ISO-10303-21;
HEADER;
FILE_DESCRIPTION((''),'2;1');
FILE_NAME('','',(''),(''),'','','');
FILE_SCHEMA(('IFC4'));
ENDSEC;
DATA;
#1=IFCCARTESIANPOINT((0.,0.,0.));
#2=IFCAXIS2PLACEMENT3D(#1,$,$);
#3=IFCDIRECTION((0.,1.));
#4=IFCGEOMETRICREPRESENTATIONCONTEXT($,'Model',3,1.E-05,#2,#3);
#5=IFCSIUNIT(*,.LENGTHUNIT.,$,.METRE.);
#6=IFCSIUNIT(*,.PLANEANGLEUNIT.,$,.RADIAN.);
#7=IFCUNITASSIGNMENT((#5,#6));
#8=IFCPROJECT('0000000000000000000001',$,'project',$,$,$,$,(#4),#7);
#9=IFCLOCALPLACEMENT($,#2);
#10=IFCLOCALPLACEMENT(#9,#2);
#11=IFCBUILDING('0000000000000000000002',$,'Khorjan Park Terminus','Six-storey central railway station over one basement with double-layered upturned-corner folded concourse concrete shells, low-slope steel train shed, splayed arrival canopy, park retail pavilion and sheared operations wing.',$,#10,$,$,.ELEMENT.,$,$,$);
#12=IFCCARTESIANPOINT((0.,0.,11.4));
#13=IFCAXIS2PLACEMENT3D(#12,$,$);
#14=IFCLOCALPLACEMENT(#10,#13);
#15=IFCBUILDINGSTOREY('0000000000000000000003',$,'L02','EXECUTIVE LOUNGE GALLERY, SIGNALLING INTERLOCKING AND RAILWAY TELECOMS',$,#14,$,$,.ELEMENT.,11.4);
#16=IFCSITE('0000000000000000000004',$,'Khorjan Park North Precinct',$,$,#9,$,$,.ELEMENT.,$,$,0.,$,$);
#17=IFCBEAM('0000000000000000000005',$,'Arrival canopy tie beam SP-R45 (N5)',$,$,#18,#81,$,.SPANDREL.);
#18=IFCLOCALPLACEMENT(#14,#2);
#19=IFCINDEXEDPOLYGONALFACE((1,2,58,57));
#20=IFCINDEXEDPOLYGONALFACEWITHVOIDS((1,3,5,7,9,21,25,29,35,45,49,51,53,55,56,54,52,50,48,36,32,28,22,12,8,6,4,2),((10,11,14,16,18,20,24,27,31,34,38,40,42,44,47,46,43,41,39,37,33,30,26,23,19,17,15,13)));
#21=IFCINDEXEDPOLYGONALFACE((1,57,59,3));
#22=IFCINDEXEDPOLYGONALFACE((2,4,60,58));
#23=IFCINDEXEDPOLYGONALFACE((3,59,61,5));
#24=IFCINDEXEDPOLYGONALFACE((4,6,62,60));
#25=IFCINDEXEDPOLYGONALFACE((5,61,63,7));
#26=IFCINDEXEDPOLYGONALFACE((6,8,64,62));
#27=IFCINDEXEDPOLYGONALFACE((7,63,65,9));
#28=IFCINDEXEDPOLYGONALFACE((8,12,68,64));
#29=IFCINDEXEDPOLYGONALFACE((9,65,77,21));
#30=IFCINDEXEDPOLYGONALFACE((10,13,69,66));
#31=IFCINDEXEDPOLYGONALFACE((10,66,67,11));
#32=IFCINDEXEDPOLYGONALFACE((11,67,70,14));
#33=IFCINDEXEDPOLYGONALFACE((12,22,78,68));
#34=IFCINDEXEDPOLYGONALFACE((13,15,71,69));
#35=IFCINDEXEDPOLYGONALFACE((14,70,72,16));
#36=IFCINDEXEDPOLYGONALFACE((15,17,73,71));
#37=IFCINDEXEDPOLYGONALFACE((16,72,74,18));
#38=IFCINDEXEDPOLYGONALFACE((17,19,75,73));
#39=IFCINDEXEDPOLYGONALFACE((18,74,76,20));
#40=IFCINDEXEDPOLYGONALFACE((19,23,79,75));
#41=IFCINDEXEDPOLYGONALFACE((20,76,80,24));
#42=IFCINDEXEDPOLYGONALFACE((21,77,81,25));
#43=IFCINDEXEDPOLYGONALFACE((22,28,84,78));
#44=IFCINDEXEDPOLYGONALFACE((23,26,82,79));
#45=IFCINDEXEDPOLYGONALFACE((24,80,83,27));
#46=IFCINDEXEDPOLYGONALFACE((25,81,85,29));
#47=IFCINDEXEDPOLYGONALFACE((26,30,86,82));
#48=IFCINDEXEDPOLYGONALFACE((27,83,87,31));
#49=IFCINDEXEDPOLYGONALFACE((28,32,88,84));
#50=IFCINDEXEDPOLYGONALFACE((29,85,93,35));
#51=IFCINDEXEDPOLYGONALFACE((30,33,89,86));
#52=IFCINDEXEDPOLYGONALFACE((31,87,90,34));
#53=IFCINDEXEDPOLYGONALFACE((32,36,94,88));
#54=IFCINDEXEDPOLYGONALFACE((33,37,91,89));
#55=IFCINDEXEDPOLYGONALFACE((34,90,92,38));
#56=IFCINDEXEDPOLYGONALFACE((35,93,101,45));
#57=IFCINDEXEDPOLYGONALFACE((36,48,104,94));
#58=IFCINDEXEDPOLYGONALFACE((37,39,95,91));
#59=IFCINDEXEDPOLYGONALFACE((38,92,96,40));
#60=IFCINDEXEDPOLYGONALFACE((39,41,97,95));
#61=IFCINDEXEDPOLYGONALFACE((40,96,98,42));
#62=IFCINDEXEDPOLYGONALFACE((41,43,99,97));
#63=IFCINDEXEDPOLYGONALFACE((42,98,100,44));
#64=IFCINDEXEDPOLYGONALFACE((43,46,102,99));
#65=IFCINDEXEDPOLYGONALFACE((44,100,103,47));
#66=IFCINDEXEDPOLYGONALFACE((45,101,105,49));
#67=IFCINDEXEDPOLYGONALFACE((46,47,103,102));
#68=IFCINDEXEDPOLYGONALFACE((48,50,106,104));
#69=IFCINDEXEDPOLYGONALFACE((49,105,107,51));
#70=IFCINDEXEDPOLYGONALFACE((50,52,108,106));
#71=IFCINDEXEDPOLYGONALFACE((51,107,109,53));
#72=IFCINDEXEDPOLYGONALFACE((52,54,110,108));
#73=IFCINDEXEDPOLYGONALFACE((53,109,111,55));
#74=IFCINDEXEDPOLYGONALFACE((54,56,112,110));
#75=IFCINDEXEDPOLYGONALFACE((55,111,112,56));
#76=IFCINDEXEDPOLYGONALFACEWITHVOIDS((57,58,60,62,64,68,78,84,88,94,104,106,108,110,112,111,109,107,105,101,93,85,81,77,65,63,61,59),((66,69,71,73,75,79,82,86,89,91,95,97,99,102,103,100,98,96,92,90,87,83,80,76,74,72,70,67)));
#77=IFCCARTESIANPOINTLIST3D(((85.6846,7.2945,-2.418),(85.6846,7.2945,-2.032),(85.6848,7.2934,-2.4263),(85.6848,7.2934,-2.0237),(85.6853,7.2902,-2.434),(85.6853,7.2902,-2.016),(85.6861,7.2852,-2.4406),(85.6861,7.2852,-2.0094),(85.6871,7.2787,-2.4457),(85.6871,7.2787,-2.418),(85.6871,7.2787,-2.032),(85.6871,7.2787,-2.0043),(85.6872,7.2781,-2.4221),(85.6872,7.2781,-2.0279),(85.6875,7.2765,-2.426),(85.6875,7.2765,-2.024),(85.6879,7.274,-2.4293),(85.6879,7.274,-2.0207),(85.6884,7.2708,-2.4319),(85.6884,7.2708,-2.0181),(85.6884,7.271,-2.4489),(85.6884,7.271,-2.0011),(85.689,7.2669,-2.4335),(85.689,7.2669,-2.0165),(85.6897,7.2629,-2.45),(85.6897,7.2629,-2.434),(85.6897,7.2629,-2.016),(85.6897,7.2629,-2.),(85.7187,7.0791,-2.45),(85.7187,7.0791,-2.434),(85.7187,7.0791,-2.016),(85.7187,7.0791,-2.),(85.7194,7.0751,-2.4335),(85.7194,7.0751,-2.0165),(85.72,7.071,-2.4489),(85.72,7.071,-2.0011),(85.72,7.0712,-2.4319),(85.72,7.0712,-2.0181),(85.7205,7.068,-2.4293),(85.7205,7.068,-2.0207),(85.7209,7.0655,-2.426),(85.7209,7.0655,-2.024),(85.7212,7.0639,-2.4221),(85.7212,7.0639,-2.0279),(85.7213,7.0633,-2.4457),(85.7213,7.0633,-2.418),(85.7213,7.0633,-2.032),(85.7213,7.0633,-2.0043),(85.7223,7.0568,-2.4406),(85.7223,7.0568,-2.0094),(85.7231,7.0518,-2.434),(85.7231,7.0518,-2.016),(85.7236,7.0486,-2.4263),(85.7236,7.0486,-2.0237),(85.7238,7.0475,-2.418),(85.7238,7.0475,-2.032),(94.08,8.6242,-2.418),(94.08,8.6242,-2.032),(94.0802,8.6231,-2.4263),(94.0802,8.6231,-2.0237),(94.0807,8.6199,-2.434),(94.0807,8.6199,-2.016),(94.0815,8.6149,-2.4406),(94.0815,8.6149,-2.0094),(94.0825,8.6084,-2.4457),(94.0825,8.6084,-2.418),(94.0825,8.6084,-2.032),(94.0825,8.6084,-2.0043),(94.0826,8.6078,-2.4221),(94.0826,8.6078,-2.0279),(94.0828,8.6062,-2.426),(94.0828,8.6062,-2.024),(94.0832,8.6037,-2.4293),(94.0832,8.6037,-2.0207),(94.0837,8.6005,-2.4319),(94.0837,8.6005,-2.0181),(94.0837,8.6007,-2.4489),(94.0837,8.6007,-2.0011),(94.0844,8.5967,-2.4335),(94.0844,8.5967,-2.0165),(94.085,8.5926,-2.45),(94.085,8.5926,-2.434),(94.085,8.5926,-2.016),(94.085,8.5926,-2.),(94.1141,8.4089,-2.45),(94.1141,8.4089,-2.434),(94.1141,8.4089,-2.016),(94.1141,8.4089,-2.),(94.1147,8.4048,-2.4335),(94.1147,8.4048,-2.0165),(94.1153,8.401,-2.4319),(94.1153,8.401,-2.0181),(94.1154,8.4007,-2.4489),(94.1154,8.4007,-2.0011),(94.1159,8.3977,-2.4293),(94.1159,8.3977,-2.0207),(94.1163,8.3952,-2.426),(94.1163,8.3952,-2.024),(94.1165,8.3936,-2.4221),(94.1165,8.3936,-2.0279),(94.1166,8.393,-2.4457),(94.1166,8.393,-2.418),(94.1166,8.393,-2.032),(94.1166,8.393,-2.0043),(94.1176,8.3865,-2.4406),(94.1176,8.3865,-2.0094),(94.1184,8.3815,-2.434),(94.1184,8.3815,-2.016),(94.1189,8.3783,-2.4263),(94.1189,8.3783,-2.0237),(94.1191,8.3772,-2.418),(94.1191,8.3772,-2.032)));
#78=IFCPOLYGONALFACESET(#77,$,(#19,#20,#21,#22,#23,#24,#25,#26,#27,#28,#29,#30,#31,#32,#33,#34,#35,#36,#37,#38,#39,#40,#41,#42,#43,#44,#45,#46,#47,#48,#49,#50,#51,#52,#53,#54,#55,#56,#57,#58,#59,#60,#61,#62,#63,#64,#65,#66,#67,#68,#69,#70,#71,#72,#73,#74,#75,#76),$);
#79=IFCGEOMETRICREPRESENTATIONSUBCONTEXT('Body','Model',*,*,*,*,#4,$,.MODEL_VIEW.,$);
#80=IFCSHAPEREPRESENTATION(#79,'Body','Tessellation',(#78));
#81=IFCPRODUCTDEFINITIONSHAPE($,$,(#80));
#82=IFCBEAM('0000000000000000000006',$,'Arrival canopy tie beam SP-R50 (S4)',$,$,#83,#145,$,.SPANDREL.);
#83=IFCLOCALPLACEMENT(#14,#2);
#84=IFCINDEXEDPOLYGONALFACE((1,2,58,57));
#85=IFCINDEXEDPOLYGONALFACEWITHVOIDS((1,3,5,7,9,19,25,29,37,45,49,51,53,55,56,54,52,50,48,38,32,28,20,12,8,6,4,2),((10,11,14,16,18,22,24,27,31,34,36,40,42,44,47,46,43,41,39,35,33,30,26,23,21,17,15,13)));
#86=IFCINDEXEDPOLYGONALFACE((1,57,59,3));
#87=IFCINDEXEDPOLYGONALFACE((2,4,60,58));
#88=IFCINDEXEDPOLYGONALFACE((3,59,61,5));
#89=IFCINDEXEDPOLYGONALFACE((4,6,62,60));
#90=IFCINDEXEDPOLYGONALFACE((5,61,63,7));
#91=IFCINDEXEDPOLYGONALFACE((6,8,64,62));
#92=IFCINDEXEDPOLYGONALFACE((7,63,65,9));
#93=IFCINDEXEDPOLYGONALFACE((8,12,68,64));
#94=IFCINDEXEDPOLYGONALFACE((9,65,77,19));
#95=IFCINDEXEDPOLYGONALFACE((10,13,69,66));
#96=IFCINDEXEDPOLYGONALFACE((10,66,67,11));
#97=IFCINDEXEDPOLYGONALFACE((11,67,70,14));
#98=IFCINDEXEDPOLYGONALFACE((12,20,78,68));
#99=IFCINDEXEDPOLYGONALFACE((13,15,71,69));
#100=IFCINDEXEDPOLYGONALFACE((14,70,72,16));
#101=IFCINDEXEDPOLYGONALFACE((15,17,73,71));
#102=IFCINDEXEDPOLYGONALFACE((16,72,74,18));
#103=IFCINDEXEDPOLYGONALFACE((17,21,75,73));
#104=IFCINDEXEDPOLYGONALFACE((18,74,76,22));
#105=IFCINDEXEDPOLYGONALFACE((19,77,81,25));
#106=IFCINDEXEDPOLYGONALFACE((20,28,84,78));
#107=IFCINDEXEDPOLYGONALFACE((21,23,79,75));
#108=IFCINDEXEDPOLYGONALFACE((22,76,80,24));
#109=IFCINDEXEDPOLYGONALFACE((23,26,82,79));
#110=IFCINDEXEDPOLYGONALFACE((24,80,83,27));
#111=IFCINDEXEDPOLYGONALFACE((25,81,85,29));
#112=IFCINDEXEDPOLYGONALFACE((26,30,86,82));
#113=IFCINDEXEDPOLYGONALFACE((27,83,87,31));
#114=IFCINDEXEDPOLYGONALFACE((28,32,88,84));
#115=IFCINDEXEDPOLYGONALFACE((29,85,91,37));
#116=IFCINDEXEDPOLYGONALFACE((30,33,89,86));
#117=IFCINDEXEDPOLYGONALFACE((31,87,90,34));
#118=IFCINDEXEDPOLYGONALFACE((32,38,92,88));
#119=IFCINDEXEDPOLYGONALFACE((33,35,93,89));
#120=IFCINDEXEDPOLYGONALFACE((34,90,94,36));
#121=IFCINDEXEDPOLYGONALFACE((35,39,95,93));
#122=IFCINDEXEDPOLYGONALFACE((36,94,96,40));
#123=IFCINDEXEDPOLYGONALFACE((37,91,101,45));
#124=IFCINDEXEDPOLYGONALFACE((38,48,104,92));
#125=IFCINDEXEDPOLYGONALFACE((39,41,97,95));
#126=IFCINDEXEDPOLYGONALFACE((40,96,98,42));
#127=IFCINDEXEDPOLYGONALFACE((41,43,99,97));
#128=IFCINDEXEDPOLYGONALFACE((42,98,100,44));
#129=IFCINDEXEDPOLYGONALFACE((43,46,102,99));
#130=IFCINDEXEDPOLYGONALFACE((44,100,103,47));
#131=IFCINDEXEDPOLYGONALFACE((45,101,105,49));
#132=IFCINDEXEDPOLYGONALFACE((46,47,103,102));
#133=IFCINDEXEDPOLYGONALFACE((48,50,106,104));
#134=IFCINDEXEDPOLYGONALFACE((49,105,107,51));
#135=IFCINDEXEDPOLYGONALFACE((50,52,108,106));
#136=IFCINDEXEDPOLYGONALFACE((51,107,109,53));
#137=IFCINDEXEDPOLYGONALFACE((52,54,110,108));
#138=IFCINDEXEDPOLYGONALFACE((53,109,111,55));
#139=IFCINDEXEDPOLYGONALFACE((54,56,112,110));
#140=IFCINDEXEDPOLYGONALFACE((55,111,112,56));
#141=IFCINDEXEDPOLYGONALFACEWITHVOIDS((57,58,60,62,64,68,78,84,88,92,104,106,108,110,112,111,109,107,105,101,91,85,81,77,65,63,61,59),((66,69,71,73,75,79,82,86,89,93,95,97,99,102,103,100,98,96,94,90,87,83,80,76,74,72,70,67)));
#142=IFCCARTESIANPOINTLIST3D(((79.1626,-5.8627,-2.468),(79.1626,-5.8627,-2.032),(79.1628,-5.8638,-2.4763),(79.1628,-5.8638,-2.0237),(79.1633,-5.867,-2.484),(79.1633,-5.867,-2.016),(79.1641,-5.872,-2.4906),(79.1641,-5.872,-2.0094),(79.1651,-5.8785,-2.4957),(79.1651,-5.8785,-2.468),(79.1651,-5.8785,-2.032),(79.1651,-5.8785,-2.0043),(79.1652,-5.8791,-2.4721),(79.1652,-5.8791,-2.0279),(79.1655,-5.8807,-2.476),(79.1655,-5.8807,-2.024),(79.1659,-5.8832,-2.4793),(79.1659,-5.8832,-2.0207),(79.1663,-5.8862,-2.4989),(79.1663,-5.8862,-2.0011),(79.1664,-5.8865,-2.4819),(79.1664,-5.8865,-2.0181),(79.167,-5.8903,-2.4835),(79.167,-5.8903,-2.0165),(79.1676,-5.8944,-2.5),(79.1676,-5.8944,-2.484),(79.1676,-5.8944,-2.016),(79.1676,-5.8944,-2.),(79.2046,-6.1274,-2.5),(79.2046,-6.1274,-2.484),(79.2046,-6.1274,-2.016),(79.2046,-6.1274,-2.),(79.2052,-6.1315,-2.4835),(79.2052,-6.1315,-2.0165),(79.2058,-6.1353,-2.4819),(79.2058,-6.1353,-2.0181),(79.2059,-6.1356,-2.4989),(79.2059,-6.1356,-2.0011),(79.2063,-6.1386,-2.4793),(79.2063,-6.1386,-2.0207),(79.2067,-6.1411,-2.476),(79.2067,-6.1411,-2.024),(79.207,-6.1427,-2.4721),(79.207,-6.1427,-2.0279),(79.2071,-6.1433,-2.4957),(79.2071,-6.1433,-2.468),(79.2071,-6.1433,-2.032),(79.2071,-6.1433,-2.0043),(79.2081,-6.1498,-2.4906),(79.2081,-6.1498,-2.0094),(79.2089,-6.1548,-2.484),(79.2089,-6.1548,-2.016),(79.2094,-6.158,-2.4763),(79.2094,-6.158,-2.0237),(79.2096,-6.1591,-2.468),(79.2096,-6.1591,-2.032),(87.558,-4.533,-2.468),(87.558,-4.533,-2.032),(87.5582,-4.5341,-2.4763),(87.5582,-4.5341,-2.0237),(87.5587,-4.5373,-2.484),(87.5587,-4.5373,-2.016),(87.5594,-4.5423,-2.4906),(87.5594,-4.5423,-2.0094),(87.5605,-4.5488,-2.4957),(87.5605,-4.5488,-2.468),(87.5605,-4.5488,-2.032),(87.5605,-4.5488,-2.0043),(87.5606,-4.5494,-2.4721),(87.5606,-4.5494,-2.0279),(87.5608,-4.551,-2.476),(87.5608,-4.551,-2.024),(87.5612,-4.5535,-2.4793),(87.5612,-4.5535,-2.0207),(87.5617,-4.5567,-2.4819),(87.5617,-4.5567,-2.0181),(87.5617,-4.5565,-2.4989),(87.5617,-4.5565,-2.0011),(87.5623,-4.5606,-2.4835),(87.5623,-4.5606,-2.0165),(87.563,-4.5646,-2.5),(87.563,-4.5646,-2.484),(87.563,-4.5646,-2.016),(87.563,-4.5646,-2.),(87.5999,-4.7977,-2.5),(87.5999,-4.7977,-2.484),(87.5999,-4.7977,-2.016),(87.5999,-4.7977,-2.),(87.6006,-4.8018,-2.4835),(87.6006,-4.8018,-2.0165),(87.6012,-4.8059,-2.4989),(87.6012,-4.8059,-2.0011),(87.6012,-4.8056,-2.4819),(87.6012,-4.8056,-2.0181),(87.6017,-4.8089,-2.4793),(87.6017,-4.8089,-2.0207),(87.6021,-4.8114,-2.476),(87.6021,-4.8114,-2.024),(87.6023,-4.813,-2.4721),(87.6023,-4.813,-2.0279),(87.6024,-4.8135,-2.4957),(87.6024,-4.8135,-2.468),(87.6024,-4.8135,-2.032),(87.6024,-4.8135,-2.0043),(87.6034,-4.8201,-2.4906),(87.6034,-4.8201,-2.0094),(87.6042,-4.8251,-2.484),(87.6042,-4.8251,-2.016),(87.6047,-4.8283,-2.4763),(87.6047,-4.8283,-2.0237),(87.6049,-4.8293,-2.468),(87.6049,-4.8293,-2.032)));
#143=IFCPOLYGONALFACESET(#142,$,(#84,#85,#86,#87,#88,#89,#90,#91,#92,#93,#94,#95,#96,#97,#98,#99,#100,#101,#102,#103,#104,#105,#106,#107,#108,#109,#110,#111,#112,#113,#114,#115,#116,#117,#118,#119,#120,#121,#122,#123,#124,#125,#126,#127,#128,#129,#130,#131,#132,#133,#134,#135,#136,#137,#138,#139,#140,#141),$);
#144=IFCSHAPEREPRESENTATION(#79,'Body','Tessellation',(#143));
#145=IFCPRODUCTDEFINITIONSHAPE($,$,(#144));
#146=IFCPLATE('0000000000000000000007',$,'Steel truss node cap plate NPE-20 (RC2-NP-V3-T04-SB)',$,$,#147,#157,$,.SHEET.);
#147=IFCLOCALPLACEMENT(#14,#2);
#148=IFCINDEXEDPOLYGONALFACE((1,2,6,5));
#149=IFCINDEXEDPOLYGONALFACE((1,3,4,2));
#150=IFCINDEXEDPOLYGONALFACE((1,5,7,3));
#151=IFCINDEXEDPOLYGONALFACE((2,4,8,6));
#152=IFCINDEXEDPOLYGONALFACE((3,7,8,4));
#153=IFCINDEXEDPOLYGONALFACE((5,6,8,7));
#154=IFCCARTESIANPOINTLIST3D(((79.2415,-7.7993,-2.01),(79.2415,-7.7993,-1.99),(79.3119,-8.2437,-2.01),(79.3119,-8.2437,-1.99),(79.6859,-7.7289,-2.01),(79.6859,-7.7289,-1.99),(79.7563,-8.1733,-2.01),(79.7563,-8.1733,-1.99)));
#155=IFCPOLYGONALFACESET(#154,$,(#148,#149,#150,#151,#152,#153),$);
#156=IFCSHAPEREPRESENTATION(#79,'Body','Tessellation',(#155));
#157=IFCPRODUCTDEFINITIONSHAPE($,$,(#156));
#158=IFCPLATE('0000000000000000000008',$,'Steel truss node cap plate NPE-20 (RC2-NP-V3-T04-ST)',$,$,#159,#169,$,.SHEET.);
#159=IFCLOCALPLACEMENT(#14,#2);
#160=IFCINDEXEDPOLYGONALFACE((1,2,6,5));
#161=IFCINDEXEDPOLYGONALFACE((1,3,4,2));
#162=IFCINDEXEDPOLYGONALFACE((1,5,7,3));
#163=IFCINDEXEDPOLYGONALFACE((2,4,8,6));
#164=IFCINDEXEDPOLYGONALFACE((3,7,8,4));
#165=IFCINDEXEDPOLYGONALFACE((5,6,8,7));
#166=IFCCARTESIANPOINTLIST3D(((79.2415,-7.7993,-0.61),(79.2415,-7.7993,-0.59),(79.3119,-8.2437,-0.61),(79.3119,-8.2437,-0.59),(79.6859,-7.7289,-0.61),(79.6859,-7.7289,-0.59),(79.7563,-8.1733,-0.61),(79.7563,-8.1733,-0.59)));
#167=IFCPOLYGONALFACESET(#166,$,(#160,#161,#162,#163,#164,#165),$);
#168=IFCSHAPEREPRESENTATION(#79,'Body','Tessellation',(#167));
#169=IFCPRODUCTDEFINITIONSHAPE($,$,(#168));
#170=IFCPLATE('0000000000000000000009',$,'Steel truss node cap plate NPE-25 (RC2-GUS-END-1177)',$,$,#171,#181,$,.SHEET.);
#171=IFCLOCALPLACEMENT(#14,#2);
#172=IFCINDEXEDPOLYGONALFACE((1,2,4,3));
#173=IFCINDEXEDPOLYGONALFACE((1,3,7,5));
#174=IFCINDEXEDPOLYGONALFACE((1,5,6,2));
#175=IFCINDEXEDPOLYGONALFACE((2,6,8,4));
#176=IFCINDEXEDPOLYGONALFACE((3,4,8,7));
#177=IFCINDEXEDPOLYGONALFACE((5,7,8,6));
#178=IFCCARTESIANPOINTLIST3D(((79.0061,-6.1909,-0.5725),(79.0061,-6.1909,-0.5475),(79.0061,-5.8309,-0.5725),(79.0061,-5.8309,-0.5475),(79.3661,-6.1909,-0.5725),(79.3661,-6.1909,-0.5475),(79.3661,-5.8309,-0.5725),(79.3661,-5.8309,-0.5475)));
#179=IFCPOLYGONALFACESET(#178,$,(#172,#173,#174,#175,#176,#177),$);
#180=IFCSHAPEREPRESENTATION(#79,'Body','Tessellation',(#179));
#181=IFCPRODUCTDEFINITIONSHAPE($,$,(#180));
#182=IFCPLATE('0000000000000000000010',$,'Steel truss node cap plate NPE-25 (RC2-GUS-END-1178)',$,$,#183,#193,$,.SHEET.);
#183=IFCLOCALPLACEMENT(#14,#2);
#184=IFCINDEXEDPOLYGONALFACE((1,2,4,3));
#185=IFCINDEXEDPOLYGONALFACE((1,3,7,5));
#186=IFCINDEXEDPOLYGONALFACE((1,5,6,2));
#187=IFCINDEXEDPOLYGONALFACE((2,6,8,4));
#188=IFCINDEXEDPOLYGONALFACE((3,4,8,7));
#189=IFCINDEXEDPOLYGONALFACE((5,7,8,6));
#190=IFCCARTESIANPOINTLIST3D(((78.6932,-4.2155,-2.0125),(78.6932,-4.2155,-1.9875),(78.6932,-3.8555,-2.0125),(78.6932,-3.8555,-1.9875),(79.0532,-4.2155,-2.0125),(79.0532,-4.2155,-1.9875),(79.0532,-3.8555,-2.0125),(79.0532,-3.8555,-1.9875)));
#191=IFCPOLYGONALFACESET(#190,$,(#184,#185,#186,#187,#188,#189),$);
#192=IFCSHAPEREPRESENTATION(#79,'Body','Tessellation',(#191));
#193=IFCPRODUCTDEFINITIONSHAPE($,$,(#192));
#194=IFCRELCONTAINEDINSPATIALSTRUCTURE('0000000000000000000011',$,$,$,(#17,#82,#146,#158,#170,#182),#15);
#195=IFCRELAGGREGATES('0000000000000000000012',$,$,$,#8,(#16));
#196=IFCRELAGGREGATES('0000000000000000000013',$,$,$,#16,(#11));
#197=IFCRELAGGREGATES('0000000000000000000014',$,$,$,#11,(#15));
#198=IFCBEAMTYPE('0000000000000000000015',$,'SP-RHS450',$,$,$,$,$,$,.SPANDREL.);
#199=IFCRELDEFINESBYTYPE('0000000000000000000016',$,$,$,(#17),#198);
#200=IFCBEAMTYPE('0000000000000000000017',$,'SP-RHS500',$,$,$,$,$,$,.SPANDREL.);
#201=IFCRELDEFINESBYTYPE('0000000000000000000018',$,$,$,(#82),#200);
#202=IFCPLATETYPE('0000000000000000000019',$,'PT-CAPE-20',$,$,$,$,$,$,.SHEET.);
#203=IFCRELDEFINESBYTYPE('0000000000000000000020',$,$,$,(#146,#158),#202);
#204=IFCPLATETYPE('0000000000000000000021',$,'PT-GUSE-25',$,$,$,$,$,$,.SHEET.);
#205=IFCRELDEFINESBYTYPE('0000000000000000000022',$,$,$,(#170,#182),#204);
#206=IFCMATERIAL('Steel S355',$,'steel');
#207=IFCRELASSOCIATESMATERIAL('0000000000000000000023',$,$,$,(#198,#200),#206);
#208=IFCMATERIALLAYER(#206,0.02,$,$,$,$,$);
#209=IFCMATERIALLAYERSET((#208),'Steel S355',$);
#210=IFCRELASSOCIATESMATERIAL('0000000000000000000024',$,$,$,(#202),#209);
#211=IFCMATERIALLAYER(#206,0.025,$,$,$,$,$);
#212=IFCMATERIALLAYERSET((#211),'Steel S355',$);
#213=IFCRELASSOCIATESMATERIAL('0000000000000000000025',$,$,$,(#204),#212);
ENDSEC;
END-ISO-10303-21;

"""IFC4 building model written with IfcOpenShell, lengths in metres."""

from ifc_helpers import new_model, si_unit, direction, frame, origin, origin_2d, place, context, subcontext, project, spatial, rectangle, hollow_rectangle, extrude, material, layer, layer_set, material_profile, profile_set, type_object, element, save


model = new_model("IFC4")

# Units and contexts
model_context = context("Model", 3, precision=1e-05, world=origin(), true_north=direction((0.0, 1.0)))
body_context = subcontext(model_context, "Body", "Model", "MODEL_VIEW")
ifc_project = project(units=[si_unit("LENGTHUNIT", "METRE"), si_unit("PLANEANGLEUNIT", "RADIAN")], contexts=[model_context])

# Site, building, storey
site_placement = place(None, origin())
site = spatial("IfcSite", under=ifc_project, at=site_placement, Name="Khorjan Park North Precinct", CompositionType="ELEMENT", RefElevation=0.0)
building_placement = place(site_placement, origin())
building = spatial("IfcBuilding", under=site, at=building_placement, Name="Khorjan Park Terminus", Description="Six-storey central railway station over one basement with double-layered upturned-corner folded concourse concrete shells, low-slope steel train shed, splayed arrival canopy, park retail pavilion and sheared operations wing.", CompositionType="ELEMENT")
storey_placement = place(building_placement, frame((0.0, 0.0, 11.4)))
storey = spatial("IfcBuildingStorey", under=building, at=storey_placement, Name="L02", Description="EXECUTIVE LOUNGE GALLERY, SIGNALLING INTERLOCKING AND RAILWAY TELECOMS", CompositionType="ELEMENT", Elevation=11.4)

# Shared definitions
ifc_material = material(Name="Steel S355", Category="steel")

# Beams
ifc_material_profile_1 = material_profile(ifc_material, hollow_rectangle(XDim=0.25, YDim=0.45, WallThickness=0.016, InnerFilletRadius=0.016, OuterFilletRadius=0.032, at=origin_2d()), Name="RHS 450x250x16")
ifc_profile_set_1 = profile_set([ifc_material_profile_1], Name="Steel S355")
beam_type_1 = type_object("IfcBeamType", Name="SP-RHS450", PredefinedType="SPANDREL", material=ifc_profile_set_1)
beam_1_placement = place(storey_placement, frame((85.7042, 7.171, -2.225), z_axis=(0.987688, 0.156436, 0.0), x_axis=(-0.156436, 0.987688, 0.0)))
element("IfcBeam", 1, at=beam_1_placement, inside=storey, type_object=beam_type_1, Name="Arrival canopy tie beam SP-R45 (N5)", PredefinedType="SPANDREL", context=body_context, shape_type="SweptSolid", body=[
    extrude(hollow_rectangle(XDim=0.25, YDim=0.45, WallThickness=0.016, InnerFilletRadius=0.016, OuterFilletRadius=0.032, at=origin_2d()), origin(), (0.0, 0.0, 1.0), 8.5),
])
ifc_material_profile_2 = material_profile(ifc_material, hollow_rectangle(XDim=0.3, YDim=0.5, WallThickness=0.016, InnerFilletRadius=0.016, OuterFilletRadius=0.032, at=origin_2d()), Name="RHS 500x300x16")
ifc_profile_set_2 = profile_set([ifc_material_profile_2], Name="Steel S355")
beam_type_2 = type_object("IfcBeamType", Name="SP-RHS500", PredefinedType="SPANDREL", material=ifc_profile_set_2)
beam_2_placement = place(storey_placement, frame((79.1861, -6.0109, -2.25), z_axis=(0.987688, 0.156436, 0.0), x_axis=(-0.156436, 0.987688, 0.0)))
element("IfcBeam", 2, at=beam_2_placement, inside=storey, type_object=beam_type_2, Name="Arrival canopy tie beam SP-R50 (S4)", PredefinedType="SPANDREL", context=body_context, shape_type="SweptSolid", body=[
    extrude(hollow_rectangle(XDim=0.3, YDim=0.5, WallThickness=0.016, InnerFilletRadius=0.016, OuterFilletRadius=0.032, at=origin_2d()), origin(), (0.0, 0.0, 1.0), 8.5),
])

# Plates
ifc_layer_1 = layer(ifc_material, 0.02)
ifc_layer_set_1 = layer_set([ifc_layer_1], Name="Steel S355")
plate_type_1 = type_object("IfcPlateType", Name="PT-CAPE-20", PredefinedType="SHEET", material=ifc_layer_set_1)
for number, where, z_axis, x_axis, name in (
    (3, (79.4989, -7.9863, -2.01), (0.0, 0.0, 1.0), (0.987688, 0.156434, 0.0), "Steel truss node cap plate NPE-20 (RC2-NP-V3-T04-SB)"),
    (4, (79.4989, -7.9863, -0.61), (0.0, 0.0, 1.0), (0.987688, 0.156434, 0.0), "Steel truss node cap plate NPE-20 (RC2-NP-V3-T04-ST)"),
):
    element("IfcPlate", number, at=place(storey_placement, frame(where, z_axis=z_axis, x_axis=x_axis)), inside=storey, type_object=plate_type_1, Name=name, PredefinedType="SHEET", context=body_context, shape_type="SweptSolid", body=[
        extrude(rectangle(XDim=0.45, YDim=0.45, at=origin_2d()), origin(), (0.0, 0.0, 1.0), 0.02),
    ])
ifc_layer_2 = layer(ifc_material, 0.025)
ifc_layer_set_2 = layer_set([ifc_layer_2], Name="Steel S355")
plate_type_2 = type_object("IfcPlateType", Name="PT-GUSE-25", PredefinedType="SHEET", material=ifc_layer_set_2)
for number, where, z_axis, x_axis, name in (
    (5, (79.1861, -6.0109, -0.5725), (0.0, 0.0, 1.0), (1.0, 0.0, 0.0), "Steel truss node cap plate NPE-25 (RC2-GUS-END-1177)"),
    (6, (78.8732, -4.0355, -2.0125), (0.0, 0.0, 1.0), (1.0, 0.0, 0.0), "Steel truss node cap plate NPE-25 (RC2-GUS-END-1178)"),
):
    element("IfcPlate", number, at=place(storey_placement, frame(where, z_axis=z_axis, x_axis=x_axis)), inside=storey, type_object=plate_type_2, Name=name, PredefinedType="SHEET", context=body_context, shape_type="SweptSolid", body=[
        extrude(rectangle(XDim=0.36, YDim=0.36, at=origin_2d()), origin(), (0.0, 0.0, 1.0), 0.025),
    ])

save(model, "model.ifc")
